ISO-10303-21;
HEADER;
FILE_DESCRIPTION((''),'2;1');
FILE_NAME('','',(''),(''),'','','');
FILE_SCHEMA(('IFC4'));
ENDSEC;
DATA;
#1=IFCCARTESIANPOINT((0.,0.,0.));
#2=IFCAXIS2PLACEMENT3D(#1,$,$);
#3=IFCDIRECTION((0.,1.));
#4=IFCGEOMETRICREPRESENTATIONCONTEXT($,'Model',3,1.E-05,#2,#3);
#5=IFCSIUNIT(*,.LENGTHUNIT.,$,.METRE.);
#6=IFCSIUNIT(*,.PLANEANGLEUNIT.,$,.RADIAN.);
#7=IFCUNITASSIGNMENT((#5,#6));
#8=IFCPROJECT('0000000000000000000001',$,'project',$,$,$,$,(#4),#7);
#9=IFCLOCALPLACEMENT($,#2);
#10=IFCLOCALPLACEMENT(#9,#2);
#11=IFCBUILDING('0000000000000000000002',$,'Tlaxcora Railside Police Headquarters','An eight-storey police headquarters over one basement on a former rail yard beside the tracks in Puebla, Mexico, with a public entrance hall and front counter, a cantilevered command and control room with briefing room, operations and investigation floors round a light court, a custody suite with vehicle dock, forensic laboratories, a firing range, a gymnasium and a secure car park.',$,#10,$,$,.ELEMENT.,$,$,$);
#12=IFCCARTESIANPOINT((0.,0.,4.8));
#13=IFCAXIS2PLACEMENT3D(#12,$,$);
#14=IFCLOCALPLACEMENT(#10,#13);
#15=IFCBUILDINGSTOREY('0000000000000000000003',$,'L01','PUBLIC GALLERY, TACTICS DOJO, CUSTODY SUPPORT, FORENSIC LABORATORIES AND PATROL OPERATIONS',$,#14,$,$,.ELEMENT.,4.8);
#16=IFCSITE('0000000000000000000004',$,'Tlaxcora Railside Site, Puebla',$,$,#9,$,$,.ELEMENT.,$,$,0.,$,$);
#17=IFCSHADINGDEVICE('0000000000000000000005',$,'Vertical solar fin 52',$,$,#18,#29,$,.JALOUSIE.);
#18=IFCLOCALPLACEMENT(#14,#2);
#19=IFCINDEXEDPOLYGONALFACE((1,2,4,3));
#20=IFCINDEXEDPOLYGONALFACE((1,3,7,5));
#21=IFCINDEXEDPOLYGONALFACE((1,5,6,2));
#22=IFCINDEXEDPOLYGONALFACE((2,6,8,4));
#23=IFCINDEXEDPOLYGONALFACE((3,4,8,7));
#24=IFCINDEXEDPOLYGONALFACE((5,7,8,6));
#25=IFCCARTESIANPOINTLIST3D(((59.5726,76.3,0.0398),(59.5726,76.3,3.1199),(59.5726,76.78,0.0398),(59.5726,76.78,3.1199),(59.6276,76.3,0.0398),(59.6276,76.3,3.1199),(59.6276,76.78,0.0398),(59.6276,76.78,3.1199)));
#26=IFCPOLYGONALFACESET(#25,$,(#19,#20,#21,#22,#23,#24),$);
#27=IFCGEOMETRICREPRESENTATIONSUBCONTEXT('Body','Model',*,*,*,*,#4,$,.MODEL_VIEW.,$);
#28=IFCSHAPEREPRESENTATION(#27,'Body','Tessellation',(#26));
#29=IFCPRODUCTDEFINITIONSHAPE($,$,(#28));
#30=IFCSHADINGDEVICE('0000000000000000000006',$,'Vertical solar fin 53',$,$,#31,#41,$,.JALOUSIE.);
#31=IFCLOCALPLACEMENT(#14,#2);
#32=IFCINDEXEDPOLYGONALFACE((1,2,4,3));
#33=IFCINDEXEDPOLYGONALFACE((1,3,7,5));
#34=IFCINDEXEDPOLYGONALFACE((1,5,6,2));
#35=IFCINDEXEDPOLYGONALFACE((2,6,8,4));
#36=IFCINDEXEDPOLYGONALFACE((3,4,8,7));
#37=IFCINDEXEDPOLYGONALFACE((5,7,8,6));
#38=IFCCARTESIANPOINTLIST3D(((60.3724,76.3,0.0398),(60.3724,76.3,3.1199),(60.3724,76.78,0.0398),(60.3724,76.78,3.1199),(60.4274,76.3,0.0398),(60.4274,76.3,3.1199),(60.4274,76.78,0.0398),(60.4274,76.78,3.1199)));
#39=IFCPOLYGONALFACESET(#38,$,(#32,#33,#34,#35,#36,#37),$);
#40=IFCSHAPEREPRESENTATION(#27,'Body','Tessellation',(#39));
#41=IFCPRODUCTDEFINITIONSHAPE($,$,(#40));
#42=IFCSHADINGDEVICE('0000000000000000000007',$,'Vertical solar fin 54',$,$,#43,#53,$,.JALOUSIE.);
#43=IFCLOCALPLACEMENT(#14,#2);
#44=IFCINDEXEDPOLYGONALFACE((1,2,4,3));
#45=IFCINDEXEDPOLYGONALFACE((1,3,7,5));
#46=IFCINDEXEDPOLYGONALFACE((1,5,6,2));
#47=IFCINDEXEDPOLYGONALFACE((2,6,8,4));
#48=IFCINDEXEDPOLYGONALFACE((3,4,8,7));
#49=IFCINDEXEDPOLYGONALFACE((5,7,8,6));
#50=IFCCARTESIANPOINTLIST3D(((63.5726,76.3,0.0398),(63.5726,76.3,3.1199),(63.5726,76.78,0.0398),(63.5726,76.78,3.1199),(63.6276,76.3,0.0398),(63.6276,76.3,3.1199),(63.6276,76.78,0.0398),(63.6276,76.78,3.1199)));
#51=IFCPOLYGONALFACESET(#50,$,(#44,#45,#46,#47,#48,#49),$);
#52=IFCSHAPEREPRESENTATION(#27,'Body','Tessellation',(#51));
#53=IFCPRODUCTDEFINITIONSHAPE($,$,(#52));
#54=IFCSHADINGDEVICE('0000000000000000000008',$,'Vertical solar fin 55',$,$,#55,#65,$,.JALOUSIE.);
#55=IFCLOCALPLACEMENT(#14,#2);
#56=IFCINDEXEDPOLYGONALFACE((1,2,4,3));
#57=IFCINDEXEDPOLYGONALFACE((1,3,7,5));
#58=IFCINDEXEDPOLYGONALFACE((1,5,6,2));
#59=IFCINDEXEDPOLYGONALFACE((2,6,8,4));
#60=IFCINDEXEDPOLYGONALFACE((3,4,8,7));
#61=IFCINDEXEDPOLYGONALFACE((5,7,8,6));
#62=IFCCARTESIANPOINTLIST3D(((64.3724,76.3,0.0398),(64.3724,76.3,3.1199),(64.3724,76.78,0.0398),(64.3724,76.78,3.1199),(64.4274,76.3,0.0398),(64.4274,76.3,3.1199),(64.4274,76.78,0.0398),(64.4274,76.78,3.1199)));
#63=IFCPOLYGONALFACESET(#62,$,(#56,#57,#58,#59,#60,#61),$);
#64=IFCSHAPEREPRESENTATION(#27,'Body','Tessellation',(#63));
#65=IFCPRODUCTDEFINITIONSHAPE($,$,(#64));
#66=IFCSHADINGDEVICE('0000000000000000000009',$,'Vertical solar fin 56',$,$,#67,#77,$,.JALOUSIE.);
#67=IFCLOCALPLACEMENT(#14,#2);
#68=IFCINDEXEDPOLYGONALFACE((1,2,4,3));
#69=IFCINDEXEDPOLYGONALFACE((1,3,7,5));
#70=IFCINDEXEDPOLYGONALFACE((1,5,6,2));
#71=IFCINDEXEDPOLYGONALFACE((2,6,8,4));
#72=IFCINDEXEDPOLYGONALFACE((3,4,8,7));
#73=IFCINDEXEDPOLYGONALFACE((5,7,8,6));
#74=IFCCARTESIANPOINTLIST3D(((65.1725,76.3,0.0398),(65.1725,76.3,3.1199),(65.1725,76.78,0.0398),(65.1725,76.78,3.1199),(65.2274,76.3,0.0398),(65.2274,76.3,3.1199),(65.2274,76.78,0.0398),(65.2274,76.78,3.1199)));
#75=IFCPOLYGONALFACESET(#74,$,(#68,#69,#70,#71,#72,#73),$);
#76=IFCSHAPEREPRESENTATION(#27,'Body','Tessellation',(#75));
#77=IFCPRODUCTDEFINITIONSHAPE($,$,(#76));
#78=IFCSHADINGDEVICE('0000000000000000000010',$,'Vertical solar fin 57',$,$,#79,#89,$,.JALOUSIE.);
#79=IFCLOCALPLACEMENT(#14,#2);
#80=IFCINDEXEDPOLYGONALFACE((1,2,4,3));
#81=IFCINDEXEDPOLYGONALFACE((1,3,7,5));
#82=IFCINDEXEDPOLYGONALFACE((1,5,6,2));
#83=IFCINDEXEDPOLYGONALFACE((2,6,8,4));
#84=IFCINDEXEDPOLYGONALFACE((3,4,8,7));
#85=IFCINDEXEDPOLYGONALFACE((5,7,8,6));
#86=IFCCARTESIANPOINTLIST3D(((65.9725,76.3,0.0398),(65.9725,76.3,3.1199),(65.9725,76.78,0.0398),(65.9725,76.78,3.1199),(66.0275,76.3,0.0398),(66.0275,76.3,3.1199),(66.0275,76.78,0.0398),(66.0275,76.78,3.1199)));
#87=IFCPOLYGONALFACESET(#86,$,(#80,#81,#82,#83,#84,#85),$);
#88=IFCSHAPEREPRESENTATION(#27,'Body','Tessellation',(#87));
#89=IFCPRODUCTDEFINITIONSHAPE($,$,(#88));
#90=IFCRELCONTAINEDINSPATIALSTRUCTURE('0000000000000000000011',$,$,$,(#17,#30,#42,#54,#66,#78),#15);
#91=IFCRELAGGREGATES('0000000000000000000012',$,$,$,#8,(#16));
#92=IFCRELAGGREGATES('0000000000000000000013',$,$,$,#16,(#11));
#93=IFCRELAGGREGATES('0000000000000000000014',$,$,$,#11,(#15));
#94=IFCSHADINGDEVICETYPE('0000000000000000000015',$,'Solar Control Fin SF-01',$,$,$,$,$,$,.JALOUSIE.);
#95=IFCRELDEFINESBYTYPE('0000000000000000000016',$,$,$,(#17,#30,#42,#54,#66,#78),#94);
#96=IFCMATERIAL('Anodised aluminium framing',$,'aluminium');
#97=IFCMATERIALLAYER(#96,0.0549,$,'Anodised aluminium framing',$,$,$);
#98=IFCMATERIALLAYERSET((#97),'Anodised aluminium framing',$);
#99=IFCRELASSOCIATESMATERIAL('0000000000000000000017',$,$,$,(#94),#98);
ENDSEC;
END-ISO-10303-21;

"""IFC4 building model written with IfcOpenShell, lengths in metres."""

from ifc_helpers import new_model, si_unit, direction, frame, origin, origin_2d, place, context, subcontext, project, spatial, rectangle, extrude, material, layer, layer_set, type_object, element, save


model = new_model("IFC4")

# Units and contexts
model_context = context("Model", 3, precision=1e-05, world=origin(), true_north=direction((0.0, 1.0)))
body_context = subcontext(model_context, "Body", "Model", "MODEL_VIEW")
ifc_project = project(units=[si_unit("LENGTHUNIT", "METRE"), si_unit("PLANEANGLEUNIT", "RADIAN")], contexts=[model_context])

# Site, building, storey
site_placement = place(None, origin())
site = spatial("IfcSite", under=ifc_project, at=site_placement, Name="Tlaxcora Railside Site, Puebla", CompositionType="ELEMENT", RefElevation=0.0)
building_placement = place(site_placement, origin())
building = spatial("IfcBuilding", under=site, at=building_placement, Name="Tlaxcora Railside Police Headquarters", Description="An eight-storey police headquarters over one basement on a former rail yard beside the tracks in Puebla, Mexico, with a public entrance hall and front counter, a cantilevered command and control room with briefing room, operations and investigation floors round a light court, a custody suite with vehicle dock, forensic laboratories, a firing range, a gymnasium and a secure car park.", CompositionType="ELEMENT")
storey_placement = place(building_placement, frame((0.0, 0.0, 4.8)))
storey = spatial("IfcBuildingStorey", under=building, at=storey_placement, Name="L01", Description="PUBLIC GALLERY, TACTICS DOJO, CUSTODY SUPPORT, FORENSIC LABORATORIES AND PATROL OPERATIONS", CompositionType="ELEMENT", Elevation=4.8)

# Shared definitions
ifc_material_1 = material(Name="Anodised aluminium framing", Category="aluminium")

# Shading devices
ifc_layer_1 = layer(ifc_material_1, 0.0549, Name="Anodised aluminium framing")
ifc_layer_set_1 = layer_set([ifc_layer_1], Name="Anodised aluminium framing")
shading_device_type = type_object("IfcShadingDeviceType", Name="Solar Control Fin SF-01", PredefinedType="JALOUSIE", material=ifc_layer_set_1)
for number, where, z_axis, x_axis, name in (
    (1, (59.6001, 76.54, 0.0398), (0.0, 0.0, 1.0), (0.0, -1.0, 0.0), "Vertical solar fin 52"),
    (2, (60.3999, 76.54, 0.0398), (0.0, 0.0, 1.0), (0.0, -1.0, 0.0), "Vertical solar fin 53"),
    (3, (63.6001, 76.54, 0.0398), (0.0, 0.0, 1.0), (0.0, -1.0, 0.0), "Vertical solar fin 54"),
    (4, (64.3999, 76.54, 0.0398), (0.0, 0.0, 1.0), (0.0, -1.0, 0.0), "Vertical solar fin 55"),
    (5, (65.2, 76.54, 0.0398), (0.0, 0.0, 1.0), (0.0, -1.0, 0.0), "Vertical solar fin 56"),
    (6, (66.0, 76.54, 0.0398), (0.0, 0.0, 1.0), (0.0, -1.0, 0.0), "Vertical solar fin 57"),
):
    element("IfcShadingDevice", number, at=place(storey_placement, frame(where, z_axis=z_axis, x_axis=x_axis)), inside=storey, type_object=shading_device_type, Name=name, PredefinedType="JALOUSIE", context=body_context, shape_type="SweptSolid", body=[
        extrude(rectangle(XDim=0.48, YDim=0.0549, at=origin_2d()), origin(), (0.0, 0.0, 1.0), 3.0801),
    ])

save(model, "model.ifc")
